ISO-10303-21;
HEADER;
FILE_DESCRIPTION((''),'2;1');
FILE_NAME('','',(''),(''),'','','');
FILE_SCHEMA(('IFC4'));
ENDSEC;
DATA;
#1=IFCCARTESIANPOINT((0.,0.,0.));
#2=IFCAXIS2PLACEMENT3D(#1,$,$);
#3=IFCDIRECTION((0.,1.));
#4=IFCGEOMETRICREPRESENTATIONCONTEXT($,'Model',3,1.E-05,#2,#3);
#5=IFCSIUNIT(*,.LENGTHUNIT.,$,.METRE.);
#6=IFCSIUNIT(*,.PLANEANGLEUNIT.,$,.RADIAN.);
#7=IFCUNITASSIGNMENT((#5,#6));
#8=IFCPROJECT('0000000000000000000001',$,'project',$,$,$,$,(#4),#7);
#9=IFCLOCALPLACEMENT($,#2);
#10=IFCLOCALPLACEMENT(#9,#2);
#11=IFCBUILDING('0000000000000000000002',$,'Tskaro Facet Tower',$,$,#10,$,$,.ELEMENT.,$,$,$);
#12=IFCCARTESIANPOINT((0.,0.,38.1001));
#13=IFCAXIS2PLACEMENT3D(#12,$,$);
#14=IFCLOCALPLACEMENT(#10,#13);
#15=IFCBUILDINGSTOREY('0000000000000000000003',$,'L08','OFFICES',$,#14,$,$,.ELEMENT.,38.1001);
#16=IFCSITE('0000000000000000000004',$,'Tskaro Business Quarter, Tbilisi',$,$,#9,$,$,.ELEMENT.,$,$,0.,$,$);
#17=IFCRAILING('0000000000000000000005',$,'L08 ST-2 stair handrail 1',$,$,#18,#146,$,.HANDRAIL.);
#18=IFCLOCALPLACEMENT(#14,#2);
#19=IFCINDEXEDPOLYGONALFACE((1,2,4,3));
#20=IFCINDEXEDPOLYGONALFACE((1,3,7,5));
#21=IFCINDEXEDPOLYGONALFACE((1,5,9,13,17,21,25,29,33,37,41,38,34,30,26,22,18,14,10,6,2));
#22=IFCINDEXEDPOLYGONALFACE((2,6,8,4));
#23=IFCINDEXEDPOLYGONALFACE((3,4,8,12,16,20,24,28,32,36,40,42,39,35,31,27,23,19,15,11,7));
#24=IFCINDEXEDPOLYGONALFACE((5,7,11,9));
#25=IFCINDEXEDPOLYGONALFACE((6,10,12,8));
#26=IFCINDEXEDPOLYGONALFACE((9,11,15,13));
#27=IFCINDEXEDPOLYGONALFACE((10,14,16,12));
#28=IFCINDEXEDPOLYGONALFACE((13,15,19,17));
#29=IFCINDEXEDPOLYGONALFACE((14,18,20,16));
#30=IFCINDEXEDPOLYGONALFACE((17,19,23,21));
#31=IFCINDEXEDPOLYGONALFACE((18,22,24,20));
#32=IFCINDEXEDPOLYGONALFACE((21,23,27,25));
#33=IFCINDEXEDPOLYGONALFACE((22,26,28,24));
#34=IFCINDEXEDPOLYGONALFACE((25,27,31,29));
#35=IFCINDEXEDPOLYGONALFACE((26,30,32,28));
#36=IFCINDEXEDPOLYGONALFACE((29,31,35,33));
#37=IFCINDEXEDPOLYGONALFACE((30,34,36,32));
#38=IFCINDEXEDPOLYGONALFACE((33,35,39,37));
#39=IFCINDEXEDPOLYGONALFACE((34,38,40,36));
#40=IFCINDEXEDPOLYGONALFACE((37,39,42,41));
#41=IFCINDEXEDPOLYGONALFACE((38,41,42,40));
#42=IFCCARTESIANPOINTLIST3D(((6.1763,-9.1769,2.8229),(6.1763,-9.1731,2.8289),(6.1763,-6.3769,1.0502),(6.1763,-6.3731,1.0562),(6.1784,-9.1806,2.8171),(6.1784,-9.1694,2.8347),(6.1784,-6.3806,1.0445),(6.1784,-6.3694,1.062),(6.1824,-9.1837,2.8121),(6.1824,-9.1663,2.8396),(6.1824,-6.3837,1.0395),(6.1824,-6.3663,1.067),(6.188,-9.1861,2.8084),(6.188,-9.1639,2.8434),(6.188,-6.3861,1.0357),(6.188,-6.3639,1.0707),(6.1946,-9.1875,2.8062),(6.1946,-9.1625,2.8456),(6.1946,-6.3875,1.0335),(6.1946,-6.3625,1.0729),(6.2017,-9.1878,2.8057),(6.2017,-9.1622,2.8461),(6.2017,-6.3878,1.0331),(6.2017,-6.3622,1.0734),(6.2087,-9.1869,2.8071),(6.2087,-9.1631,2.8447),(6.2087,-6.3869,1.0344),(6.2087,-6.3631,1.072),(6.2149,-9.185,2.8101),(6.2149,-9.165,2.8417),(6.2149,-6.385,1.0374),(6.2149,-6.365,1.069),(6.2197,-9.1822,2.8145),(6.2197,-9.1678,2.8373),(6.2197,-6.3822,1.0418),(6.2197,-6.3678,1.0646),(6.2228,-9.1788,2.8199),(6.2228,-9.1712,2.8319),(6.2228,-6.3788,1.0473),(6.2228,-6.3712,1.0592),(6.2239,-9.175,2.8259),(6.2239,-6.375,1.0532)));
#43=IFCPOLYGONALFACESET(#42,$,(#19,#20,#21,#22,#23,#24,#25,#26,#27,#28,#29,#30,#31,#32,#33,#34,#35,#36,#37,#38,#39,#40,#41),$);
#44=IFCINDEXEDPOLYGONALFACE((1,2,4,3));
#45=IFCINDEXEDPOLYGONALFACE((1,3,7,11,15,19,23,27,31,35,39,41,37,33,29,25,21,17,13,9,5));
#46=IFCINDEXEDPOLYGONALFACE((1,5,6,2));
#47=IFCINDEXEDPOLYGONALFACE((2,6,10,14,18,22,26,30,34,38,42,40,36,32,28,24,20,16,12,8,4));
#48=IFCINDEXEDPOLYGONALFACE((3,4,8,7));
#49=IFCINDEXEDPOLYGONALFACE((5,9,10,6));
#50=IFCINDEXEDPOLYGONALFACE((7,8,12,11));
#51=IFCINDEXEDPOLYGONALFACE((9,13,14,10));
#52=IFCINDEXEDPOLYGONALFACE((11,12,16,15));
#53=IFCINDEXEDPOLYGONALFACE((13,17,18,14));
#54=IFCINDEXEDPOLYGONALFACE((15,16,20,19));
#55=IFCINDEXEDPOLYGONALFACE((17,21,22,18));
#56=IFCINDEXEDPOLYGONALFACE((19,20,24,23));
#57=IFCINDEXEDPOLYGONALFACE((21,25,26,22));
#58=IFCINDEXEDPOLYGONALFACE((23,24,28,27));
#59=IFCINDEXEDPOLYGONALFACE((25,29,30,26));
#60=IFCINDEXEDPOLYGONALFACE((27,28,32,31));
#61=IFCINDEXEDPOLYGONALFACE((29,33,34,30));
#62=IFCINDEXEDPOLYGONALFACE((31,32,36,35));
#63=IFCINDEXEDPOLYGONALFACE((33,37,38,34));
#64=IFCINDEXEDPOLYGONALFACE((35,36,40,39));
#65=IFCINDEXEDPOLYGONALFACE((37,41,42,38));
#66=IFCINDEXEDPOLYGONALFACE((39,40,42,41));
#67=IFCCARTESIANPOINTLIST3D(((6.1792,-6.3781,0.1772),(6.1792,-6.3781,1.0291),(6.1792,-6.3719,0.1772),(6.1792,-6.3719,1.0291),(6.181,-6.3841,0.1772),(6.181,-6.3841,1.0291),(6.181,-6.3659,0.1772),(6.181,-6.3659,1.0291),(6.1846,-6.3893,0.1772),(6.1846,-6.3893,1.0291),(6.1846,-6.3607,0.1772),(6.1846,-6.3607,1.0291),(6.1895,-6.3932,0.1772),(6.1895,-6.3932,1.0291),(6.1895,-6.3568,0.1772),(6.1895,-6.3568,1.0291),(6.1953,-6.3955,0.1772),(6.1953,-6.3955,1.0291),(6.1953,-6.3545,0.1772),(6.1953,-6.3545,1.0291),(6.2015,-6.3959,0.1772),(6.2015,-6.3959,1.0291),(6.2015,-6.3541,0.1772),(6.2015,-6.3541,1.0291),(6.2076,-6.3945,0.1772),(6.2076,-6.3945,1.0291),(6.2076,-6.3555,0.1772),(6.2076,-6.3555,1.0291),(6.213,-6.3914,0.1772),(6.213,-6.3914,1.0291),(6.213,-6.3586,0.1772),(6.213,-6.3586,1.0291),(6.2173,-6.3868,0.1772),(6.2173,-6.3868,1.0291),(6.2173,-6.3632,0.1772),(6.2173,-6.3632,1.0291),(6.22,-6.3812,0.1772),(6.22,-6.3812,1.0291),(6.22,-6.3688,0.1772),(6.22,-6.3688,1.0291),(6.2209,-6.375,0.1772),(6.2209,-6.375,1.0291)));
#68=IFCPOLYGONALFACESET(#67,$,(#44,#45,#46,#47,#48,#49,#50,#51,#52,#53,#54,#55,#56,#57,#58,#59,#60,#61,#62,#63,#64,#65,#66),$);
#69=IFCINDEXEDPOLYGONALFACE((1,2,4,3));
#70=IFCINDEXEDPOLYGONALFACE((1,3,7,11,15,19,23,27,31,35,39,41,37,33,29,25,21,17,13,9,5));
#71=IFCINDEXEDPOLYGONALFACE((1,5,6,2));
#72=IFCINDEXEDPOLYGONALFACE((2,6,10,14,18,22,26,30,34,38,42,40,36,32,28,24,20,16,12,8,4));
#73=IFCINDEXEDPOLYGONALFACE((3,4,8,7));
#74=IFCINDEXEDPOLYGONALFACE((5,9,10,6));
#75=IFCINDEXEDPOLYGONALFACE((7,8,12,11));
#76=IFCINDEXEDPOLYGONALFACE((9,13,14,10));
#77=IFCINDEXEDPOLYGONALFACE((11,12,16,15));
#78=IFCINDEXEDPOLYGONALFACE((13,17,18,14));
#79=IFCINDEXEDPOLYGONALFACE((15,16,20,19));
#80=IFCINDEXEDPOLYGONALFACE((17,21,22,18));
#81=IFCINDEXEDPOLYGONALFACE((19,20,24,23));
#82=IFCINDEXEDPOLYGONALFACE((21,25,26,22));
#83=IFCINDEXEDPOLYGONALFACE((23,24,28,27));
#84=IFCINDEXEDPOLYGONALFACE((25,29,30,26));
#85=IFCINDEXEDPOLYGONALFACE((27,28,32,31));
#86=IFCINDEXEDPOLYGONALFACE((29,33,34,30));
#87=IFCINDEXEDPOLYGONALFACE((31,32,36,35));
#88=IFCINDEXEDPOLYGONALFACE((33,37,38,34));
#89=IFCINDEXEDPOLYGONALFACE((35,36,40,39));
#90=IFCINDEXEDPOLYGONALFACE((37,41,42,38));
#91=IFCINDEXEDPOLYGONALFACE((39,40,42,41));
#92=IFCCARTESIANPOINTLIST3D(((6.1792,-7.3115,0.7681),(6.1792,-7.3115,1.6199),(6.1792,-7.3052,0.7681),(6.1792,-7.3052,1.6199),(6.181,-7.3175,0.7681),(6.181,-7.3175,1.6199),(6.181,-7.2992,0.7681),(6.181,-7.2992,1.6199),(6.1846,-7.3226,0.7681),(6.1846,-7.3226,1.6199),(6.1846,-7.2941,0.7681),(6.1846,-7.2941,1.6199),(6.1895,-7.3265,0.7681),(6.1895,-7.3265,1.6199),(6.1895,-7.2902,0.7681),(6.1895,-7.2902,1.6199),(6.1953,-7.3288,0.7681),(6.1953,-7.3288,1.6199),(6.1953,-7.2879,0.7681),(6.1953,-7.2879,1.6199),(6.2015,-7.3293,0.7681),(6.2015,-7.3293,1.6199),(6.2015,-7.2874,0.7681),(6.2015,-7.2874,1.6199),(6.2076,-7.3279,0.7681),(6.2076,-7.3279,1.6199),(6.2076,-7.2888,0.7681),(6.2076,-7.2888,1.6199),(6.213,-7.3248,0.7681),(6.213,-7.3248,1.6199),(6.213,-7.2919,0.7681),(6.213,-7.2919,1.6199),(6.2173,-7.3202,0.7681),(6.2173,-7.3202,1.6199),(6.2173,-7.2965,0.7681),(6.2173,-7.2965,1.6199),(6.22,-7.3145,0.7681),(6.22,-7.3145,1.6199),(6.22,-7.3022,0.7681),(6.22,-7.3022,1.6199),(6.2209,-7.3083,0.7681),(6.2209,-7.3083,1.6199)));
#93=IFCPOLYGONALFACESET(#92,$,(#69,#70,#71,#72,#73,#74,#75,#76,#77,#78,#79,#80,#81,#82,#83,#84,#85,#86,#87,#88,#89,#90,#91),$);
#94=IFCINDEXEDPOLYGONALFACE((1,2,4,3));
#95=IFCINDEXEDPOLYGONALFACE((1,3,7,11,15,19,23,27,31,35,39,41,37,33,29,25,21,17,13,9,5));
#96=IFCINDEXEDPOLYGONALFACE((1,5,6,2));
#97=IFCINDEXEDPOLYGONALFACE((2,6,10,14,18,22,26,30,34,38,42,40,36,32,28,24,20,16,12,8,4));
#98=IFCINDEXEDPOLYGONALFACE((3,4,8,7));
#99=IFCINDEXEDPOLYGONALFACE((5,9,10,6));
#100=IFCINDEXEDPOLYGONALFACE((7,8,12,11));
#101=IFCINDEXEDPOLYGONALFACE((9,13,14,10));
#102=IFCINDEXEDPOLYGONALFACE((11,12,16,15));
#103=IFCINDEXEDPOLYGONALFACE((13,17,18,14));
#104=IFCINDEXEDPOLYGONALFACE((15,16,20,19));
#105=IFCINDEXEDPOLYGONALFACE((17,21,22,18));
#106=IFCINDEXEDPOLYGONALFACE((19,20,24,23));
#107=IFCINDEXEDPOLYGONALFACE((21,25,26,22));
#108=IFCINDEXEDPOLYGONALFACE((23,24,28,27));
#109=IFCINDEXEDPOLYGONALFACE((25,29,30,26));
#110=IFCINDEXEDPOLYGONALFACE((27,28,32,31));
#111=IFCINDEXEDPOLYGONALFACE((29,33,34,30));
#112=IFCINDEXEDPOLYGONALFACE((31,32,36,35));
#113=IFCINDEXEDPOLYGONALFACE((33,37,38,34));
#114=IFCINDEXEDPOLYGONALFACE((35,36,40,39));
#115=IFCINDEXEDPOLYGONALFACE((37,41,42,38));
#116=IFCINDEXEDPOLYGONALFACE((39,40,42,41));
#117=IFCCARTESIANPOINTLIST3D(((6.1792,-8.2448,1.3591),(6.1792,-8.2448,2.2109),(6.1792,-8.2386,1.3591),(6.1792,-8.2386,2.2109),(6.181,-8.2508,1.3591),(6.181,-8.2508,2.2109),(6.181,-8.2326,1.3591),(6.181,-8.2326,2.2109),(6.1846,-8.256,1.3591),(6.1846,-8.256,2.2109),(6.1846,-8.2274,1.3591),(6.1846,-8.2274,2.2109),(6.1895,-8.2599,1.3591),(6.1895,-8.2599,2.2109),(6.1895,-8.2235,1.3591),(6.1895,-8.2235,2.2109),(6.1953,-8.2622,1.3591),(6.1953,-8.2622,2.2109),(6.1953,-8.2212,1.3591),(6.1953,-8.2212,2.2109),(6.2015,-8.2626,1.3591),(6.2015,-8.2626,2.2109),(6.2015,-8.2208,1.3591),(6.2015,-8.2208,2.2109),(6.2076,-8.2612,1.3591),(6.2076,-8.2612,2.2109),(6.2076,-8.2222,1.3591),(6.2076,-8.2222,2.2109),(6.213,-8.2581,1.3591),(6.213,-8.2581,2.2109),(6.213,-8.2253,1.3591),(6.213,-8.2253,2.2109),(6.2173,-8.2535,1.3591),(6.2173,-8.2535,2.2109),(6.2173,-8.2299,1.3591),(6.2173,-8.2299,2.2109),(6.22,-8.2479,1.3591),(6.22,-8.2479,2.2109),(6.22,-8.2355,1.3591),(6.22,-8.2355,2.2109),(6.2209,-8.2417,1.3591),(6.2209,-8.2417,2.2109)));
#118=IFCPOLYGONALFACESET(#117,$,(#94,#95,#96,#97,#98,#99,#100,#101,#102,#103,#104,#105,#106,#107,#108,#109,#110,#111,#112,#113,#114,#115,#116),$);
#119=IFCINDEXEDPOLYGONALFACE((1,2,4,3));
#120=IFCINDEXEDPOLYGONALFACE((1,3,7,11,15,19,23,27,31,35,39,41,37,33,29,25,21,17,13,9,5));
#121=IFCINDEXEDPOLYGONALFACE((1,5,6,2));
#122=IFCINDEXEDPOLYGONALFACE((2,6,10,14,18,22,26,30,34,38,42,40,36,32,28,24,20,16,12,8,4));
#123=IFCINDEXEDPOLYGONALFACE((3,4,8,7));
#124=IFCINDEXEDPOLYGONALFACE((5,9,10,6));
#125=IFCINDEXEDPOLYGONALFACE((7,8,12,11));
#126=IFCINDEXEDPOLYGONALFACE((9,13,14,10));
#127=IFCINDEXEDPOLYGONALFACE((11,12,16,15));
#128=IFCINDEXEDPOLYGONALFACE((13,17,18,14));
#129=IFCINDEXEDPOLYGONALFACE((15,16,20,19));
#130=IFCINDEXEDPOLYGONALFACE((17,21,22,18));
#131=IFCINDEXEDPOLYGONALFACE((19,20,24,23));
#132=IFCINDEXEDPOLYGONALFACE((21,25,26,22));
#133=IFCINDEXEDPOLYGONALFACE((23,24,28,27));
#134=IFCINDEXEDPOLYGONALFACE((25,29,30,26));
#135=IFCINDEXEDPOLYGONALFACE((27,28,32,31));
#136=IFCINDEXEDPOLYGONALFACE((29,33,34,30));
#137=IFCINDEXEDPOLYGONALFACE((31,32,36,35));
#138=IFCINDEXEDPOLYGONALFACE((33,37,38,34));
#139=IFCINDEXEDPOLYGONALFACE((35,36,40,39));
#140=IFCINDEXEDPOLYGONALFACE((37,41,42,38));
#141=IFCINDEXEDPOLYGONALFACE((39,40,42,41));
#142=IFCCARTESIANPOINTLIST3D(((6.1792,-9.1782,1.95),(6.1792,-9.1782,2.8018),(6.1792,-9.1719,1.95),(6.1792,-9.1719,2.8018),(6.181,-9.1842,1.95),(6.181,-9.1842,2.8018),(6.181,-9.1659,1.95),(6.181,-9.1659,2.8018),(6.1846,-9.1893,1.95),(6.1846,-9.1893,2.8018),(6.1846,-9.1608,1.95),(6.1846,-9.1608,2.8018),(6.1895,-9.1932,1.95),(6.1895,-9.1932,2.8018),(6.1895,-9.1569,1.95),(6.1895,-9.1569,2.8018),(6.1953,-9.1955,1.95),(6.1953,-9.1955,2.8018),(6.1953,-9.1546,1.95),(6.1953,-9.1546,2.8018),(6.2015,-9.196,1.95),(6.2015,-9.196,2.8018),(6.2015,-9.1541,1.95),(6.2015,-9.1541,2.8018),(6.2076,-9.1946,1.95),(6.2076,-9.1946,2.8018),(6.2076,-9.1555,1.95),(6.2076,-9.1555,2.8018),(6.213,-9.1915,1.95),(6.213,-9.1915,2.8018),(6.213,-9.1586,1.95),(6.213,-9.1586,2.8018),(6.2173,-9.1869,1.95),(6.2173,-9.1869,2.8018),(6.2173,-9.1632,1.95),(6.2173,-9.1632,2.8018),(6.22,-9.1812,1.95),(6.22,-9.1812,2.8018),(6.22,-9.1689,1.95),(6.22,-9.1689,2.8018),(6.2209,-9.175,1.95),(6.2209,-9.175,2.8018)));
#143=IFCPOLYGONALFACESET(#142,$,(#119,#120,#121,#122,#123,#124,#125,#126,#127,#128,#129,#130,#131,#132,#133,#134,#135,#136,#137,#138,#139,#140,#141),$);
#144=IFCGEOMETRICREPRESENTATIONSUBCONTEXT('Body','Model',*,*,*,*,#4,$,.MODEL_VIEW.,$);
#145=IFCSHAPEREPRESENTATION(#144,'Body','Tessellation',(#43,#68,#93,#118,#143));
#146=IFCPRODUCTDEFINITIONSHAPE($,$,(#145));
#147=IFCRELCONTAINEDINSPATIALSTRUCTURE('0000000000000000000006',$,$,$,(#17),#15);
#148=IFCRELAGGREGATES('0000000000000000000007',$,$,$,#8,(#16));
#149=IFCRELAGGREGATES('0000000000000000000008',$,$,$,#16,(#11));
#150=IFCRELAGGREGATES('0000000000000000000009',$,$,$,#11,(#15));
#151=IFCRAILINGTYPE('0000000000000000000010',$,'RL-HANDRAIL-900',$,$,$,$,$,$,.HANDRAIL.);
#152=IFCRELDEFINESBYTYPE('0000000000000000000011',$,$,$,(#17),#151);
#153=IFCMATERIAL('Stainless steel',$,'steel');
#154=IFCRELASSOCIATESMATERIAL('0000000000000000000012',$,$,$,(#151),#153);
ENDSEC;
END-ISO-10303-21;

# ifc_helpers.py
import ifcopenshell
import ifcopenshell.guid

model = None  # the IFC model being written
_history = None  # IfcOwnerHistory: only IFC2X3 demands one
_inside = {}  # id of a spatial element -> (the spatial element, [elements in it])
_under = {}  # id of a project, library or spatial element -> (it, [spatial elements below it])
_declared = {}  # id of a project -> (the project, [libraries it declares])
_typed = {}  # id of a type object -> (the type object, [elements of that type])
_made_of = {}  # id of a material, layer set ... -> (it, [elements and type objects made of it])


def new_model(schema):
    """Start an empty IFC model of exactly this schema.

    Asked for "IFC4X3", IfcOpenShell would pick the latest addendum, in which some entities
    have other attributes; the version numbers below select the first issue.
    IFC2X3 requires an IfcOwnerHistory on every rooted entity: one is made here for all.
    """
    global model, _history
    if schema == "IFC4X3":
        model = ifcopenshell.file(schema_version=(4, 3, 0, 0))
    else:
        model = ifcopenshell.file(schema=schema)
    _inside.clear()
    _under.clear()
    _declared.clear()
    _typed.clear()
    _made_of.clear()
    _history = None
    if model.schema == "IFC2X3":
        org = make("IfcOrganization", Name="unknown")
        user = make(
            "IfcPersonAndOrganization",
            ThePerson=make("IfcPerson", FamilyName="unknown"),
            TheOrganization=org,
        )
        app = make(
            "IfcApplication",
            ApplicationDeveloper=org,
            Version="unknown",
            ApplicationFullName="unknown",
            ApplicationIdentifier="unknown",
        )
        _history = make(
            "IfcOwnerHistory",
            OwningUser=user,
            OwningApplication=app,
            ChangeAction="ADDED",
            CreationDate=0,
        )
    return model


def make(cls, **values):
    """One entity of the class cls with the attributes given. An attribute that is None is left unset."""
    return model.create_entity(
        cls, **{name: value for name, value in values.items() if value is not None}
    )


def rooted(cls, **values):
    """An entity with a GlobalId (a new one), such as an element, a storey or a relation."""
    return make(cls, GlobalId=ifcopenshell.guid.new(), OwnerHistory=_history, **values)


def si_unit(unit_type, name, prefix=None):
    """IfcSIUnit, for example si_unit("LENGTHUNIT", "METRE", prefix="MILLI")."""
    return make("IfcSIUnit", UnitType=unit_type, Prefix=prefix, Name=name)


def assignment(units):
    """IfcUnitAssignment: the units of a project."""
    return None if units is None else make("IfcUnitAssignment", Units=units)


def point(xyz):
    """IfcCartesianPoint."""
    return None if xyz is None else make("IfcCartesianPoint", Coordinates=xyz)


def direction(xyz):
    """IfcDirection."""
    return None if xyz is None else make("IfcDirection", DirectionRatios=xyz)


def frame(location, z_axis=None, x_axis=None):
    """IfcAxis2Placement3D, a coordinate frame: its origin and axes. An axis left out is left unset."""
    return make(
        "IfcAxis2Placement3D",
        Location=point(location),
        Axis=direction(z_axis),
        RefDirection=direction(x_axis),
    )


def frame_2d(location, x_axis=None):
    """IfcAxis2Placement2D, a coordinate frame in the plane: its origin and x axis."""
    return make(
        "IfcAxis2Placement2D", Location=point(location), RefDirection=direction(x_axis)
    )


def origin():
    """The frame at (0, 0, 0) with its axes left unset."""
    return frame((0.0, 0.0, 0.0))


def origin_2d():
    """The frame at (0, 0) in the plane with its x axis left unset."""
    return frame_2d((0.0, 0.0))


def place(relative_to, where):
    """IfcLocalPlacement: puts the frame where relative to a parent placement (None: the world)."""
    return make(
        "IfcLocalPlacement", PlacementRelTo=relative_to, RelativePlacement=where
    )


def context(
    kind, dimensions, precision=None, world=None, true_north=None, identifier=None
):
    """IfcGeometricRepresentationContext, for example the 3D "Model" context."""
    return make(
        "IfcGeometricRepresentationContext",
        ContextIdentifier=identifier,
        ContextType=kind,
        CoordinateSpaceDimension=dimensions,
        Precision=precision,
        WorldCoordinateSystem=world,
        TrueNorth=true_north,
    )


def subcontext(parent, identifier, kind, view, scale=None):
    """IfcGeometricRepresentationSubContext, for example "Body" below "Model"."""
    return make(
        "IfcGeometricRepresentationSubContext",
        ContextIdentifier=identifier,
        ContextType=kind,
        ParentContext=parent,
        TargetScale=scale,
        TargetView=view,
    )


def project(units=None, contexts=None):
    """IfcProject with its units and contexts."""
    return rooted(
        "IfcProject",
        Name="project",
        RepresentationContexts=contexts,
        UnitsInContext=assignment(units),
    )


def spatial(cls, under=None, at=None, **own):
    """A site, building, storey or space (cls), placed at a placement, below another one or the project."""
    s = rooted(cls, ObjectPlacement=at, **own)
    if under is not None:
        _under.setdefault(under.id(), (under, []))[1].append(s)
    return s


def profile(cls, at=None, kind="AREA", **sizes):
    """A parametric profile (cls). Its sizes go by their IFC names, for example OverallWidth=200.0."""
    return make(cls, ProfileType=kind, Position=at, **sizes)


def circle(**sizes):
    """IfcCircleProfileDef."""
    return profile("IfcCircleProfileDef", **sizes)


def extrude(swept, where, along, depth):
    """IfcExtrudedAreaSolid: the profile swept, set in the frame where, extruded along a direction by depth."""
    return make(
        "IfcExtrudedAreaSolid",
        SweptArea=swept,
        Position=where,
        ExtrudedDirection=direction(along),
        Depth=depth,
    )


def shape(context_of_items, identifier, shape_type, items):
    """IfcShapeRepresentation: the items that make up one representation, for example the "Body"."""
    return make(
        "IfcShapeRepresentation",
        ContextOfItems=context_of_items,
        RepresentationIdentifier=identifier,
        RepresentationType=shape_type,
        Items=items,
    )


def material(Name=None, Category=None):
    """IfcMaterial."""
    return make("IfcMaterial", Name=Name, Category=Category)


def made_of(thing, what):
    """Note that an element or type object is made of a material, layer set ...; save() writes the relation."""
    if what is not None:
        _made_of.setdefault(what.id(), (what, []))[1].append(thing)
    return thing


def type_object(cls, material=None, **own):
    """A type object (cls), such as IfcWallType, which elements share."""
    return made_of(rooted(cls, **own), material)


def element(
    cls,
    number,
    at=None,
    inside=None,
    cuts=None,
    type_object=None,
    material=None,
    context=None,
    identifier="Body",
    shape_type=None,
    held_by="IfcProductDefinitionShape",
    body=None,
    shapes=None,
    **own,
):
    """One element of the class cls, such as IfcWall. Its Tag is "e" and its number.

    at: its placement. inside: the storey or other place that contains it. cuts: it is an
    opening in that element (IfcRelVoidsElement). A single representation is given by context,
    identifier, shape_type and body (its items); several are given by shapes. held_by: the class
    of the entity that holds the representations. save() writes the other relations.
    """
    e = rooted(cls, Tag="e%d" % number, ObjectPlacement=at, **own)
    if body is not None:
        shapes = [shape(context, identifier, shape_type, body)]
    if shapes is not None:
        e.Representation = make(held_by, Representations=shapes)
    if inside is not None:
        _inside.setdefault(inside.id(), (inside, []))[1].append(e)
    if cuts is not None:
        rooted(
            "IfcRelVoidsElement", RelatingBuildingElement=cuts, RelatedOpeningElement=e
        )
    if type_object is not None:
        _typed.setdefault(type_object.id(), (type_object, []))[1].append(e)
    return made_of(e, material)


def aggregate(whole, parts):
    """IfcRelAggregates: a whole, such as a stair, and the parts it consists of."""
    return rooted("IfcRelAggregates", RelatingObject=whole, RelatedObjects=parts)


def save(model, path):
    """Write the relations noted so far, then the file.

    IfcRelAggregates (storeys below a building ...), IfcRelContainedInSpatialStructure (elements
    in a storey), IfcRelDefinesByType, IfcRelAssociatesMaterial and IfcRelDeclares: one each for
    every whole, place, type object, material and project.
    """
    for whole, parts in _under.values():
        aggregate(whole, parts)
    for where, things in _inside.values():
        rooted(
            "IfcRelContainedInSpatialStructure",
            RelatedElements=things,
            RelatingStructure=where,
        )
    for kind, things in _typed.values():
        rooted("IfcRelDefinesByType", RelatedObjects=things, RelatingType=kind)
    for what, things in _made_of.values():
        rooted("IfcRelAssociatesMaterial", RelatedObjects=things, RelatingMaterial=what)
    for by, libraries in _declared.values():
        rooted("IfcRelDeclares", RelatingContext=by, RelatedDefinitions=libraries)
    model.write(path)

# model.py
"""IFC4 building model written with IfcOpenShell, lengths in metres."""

from ifc_helpers import new_model, si_unit, direction, frame, origin, origin_2d, place, context, subcontext, project, spatial, circle, extrude, material, type_object, element, save


model = new_model("IFC4")

# Units and contexts
model_context = context("Model", 3, precision=1e-05, world=origin(), true_north=direction((0.0, 1.0)))
body_context = subcontext(model_context, "Body", "Model", "MODEL_VIEW")
ifc_project = project(units=[si_unit("LENGTHUNIT", "METRE"), si_unit("PLANEANGLEUNIT", "RADIAN")], contexts=[model_context])

# Site, building, storey
site_placement = place(None, origin())
site = spatial("IfcSite", under=ifc_project, at=site_placement, Name="Tskaro Business Quarter, Tbilisi", CompositionType="ELEMENT", RefElevation=0.0)
building_placement = place(site_placement, origin())
building = spatial("IfcBuilding", under=site, at=building_placement, Name="Tskaro Facet Tower", CompositionType="ELEMENT")
storey_placement = place(building_placement, frame((0.0, 0.0, 38.1001)))
storey = spatial("IfcBuildingStorey", under=building, at=storey_placement, Name="L08", Description="OFFICES", CompositionType="ELEMENT", Elevation=38.1001)

# Shared definitions
ifc_material_1 = material(Name="Stainless steel", Category="steel")

# Railing
railing_type = type_object("IfcRailingType", Name="RL-HANDRAIL-900", PredefinedType="HANDRAIL", material=ifc_material_1)
railing_placement = place(storey_placement, frame((6.2, -6.375, 0.1772)))
element("IfcRailing", 1, at=railing_placement, inside=storey, type_object=railing_type, Name="L08 ST-2 stair handrail 1", PredefinedType="HANDRAIL", context=body_context, shape_type="SweptSolid", body=[
    extrude(circle(Radius=0.0239, at=origin_2d()), frame((0.0, 0.0, 0.876), z_axis=(0.0, -0.844909, 0.53491), x_axis=(1.0, 0.0, 0.0)), (0.0, 0.0, 1.0), 3.314),
    extrude(circle(Radius=0.021, at=origin_2d()), origin(), (0.0, 0.0, 1.0), 0.8518),
    extrude(circle(Radius=0.021, at=origin_2d()), frame((0.0, -0.9333, 0.5908)), (0.0, 0.0, 1.0), 0.8518),
    extrude(circle(Radius=0.021, at=origin_2d()), frame((0.0, -1.8667, 1.1819)), (0.0, 0.0, 1.0), 0.8518),
    extrude(circle(Radius=0.021, at=origin_2d()), frame((0.0, -2.8, 1.7727)), (0.0, 0.0, 1.0), 0.8518),
])

save(model, "model.ifc")
